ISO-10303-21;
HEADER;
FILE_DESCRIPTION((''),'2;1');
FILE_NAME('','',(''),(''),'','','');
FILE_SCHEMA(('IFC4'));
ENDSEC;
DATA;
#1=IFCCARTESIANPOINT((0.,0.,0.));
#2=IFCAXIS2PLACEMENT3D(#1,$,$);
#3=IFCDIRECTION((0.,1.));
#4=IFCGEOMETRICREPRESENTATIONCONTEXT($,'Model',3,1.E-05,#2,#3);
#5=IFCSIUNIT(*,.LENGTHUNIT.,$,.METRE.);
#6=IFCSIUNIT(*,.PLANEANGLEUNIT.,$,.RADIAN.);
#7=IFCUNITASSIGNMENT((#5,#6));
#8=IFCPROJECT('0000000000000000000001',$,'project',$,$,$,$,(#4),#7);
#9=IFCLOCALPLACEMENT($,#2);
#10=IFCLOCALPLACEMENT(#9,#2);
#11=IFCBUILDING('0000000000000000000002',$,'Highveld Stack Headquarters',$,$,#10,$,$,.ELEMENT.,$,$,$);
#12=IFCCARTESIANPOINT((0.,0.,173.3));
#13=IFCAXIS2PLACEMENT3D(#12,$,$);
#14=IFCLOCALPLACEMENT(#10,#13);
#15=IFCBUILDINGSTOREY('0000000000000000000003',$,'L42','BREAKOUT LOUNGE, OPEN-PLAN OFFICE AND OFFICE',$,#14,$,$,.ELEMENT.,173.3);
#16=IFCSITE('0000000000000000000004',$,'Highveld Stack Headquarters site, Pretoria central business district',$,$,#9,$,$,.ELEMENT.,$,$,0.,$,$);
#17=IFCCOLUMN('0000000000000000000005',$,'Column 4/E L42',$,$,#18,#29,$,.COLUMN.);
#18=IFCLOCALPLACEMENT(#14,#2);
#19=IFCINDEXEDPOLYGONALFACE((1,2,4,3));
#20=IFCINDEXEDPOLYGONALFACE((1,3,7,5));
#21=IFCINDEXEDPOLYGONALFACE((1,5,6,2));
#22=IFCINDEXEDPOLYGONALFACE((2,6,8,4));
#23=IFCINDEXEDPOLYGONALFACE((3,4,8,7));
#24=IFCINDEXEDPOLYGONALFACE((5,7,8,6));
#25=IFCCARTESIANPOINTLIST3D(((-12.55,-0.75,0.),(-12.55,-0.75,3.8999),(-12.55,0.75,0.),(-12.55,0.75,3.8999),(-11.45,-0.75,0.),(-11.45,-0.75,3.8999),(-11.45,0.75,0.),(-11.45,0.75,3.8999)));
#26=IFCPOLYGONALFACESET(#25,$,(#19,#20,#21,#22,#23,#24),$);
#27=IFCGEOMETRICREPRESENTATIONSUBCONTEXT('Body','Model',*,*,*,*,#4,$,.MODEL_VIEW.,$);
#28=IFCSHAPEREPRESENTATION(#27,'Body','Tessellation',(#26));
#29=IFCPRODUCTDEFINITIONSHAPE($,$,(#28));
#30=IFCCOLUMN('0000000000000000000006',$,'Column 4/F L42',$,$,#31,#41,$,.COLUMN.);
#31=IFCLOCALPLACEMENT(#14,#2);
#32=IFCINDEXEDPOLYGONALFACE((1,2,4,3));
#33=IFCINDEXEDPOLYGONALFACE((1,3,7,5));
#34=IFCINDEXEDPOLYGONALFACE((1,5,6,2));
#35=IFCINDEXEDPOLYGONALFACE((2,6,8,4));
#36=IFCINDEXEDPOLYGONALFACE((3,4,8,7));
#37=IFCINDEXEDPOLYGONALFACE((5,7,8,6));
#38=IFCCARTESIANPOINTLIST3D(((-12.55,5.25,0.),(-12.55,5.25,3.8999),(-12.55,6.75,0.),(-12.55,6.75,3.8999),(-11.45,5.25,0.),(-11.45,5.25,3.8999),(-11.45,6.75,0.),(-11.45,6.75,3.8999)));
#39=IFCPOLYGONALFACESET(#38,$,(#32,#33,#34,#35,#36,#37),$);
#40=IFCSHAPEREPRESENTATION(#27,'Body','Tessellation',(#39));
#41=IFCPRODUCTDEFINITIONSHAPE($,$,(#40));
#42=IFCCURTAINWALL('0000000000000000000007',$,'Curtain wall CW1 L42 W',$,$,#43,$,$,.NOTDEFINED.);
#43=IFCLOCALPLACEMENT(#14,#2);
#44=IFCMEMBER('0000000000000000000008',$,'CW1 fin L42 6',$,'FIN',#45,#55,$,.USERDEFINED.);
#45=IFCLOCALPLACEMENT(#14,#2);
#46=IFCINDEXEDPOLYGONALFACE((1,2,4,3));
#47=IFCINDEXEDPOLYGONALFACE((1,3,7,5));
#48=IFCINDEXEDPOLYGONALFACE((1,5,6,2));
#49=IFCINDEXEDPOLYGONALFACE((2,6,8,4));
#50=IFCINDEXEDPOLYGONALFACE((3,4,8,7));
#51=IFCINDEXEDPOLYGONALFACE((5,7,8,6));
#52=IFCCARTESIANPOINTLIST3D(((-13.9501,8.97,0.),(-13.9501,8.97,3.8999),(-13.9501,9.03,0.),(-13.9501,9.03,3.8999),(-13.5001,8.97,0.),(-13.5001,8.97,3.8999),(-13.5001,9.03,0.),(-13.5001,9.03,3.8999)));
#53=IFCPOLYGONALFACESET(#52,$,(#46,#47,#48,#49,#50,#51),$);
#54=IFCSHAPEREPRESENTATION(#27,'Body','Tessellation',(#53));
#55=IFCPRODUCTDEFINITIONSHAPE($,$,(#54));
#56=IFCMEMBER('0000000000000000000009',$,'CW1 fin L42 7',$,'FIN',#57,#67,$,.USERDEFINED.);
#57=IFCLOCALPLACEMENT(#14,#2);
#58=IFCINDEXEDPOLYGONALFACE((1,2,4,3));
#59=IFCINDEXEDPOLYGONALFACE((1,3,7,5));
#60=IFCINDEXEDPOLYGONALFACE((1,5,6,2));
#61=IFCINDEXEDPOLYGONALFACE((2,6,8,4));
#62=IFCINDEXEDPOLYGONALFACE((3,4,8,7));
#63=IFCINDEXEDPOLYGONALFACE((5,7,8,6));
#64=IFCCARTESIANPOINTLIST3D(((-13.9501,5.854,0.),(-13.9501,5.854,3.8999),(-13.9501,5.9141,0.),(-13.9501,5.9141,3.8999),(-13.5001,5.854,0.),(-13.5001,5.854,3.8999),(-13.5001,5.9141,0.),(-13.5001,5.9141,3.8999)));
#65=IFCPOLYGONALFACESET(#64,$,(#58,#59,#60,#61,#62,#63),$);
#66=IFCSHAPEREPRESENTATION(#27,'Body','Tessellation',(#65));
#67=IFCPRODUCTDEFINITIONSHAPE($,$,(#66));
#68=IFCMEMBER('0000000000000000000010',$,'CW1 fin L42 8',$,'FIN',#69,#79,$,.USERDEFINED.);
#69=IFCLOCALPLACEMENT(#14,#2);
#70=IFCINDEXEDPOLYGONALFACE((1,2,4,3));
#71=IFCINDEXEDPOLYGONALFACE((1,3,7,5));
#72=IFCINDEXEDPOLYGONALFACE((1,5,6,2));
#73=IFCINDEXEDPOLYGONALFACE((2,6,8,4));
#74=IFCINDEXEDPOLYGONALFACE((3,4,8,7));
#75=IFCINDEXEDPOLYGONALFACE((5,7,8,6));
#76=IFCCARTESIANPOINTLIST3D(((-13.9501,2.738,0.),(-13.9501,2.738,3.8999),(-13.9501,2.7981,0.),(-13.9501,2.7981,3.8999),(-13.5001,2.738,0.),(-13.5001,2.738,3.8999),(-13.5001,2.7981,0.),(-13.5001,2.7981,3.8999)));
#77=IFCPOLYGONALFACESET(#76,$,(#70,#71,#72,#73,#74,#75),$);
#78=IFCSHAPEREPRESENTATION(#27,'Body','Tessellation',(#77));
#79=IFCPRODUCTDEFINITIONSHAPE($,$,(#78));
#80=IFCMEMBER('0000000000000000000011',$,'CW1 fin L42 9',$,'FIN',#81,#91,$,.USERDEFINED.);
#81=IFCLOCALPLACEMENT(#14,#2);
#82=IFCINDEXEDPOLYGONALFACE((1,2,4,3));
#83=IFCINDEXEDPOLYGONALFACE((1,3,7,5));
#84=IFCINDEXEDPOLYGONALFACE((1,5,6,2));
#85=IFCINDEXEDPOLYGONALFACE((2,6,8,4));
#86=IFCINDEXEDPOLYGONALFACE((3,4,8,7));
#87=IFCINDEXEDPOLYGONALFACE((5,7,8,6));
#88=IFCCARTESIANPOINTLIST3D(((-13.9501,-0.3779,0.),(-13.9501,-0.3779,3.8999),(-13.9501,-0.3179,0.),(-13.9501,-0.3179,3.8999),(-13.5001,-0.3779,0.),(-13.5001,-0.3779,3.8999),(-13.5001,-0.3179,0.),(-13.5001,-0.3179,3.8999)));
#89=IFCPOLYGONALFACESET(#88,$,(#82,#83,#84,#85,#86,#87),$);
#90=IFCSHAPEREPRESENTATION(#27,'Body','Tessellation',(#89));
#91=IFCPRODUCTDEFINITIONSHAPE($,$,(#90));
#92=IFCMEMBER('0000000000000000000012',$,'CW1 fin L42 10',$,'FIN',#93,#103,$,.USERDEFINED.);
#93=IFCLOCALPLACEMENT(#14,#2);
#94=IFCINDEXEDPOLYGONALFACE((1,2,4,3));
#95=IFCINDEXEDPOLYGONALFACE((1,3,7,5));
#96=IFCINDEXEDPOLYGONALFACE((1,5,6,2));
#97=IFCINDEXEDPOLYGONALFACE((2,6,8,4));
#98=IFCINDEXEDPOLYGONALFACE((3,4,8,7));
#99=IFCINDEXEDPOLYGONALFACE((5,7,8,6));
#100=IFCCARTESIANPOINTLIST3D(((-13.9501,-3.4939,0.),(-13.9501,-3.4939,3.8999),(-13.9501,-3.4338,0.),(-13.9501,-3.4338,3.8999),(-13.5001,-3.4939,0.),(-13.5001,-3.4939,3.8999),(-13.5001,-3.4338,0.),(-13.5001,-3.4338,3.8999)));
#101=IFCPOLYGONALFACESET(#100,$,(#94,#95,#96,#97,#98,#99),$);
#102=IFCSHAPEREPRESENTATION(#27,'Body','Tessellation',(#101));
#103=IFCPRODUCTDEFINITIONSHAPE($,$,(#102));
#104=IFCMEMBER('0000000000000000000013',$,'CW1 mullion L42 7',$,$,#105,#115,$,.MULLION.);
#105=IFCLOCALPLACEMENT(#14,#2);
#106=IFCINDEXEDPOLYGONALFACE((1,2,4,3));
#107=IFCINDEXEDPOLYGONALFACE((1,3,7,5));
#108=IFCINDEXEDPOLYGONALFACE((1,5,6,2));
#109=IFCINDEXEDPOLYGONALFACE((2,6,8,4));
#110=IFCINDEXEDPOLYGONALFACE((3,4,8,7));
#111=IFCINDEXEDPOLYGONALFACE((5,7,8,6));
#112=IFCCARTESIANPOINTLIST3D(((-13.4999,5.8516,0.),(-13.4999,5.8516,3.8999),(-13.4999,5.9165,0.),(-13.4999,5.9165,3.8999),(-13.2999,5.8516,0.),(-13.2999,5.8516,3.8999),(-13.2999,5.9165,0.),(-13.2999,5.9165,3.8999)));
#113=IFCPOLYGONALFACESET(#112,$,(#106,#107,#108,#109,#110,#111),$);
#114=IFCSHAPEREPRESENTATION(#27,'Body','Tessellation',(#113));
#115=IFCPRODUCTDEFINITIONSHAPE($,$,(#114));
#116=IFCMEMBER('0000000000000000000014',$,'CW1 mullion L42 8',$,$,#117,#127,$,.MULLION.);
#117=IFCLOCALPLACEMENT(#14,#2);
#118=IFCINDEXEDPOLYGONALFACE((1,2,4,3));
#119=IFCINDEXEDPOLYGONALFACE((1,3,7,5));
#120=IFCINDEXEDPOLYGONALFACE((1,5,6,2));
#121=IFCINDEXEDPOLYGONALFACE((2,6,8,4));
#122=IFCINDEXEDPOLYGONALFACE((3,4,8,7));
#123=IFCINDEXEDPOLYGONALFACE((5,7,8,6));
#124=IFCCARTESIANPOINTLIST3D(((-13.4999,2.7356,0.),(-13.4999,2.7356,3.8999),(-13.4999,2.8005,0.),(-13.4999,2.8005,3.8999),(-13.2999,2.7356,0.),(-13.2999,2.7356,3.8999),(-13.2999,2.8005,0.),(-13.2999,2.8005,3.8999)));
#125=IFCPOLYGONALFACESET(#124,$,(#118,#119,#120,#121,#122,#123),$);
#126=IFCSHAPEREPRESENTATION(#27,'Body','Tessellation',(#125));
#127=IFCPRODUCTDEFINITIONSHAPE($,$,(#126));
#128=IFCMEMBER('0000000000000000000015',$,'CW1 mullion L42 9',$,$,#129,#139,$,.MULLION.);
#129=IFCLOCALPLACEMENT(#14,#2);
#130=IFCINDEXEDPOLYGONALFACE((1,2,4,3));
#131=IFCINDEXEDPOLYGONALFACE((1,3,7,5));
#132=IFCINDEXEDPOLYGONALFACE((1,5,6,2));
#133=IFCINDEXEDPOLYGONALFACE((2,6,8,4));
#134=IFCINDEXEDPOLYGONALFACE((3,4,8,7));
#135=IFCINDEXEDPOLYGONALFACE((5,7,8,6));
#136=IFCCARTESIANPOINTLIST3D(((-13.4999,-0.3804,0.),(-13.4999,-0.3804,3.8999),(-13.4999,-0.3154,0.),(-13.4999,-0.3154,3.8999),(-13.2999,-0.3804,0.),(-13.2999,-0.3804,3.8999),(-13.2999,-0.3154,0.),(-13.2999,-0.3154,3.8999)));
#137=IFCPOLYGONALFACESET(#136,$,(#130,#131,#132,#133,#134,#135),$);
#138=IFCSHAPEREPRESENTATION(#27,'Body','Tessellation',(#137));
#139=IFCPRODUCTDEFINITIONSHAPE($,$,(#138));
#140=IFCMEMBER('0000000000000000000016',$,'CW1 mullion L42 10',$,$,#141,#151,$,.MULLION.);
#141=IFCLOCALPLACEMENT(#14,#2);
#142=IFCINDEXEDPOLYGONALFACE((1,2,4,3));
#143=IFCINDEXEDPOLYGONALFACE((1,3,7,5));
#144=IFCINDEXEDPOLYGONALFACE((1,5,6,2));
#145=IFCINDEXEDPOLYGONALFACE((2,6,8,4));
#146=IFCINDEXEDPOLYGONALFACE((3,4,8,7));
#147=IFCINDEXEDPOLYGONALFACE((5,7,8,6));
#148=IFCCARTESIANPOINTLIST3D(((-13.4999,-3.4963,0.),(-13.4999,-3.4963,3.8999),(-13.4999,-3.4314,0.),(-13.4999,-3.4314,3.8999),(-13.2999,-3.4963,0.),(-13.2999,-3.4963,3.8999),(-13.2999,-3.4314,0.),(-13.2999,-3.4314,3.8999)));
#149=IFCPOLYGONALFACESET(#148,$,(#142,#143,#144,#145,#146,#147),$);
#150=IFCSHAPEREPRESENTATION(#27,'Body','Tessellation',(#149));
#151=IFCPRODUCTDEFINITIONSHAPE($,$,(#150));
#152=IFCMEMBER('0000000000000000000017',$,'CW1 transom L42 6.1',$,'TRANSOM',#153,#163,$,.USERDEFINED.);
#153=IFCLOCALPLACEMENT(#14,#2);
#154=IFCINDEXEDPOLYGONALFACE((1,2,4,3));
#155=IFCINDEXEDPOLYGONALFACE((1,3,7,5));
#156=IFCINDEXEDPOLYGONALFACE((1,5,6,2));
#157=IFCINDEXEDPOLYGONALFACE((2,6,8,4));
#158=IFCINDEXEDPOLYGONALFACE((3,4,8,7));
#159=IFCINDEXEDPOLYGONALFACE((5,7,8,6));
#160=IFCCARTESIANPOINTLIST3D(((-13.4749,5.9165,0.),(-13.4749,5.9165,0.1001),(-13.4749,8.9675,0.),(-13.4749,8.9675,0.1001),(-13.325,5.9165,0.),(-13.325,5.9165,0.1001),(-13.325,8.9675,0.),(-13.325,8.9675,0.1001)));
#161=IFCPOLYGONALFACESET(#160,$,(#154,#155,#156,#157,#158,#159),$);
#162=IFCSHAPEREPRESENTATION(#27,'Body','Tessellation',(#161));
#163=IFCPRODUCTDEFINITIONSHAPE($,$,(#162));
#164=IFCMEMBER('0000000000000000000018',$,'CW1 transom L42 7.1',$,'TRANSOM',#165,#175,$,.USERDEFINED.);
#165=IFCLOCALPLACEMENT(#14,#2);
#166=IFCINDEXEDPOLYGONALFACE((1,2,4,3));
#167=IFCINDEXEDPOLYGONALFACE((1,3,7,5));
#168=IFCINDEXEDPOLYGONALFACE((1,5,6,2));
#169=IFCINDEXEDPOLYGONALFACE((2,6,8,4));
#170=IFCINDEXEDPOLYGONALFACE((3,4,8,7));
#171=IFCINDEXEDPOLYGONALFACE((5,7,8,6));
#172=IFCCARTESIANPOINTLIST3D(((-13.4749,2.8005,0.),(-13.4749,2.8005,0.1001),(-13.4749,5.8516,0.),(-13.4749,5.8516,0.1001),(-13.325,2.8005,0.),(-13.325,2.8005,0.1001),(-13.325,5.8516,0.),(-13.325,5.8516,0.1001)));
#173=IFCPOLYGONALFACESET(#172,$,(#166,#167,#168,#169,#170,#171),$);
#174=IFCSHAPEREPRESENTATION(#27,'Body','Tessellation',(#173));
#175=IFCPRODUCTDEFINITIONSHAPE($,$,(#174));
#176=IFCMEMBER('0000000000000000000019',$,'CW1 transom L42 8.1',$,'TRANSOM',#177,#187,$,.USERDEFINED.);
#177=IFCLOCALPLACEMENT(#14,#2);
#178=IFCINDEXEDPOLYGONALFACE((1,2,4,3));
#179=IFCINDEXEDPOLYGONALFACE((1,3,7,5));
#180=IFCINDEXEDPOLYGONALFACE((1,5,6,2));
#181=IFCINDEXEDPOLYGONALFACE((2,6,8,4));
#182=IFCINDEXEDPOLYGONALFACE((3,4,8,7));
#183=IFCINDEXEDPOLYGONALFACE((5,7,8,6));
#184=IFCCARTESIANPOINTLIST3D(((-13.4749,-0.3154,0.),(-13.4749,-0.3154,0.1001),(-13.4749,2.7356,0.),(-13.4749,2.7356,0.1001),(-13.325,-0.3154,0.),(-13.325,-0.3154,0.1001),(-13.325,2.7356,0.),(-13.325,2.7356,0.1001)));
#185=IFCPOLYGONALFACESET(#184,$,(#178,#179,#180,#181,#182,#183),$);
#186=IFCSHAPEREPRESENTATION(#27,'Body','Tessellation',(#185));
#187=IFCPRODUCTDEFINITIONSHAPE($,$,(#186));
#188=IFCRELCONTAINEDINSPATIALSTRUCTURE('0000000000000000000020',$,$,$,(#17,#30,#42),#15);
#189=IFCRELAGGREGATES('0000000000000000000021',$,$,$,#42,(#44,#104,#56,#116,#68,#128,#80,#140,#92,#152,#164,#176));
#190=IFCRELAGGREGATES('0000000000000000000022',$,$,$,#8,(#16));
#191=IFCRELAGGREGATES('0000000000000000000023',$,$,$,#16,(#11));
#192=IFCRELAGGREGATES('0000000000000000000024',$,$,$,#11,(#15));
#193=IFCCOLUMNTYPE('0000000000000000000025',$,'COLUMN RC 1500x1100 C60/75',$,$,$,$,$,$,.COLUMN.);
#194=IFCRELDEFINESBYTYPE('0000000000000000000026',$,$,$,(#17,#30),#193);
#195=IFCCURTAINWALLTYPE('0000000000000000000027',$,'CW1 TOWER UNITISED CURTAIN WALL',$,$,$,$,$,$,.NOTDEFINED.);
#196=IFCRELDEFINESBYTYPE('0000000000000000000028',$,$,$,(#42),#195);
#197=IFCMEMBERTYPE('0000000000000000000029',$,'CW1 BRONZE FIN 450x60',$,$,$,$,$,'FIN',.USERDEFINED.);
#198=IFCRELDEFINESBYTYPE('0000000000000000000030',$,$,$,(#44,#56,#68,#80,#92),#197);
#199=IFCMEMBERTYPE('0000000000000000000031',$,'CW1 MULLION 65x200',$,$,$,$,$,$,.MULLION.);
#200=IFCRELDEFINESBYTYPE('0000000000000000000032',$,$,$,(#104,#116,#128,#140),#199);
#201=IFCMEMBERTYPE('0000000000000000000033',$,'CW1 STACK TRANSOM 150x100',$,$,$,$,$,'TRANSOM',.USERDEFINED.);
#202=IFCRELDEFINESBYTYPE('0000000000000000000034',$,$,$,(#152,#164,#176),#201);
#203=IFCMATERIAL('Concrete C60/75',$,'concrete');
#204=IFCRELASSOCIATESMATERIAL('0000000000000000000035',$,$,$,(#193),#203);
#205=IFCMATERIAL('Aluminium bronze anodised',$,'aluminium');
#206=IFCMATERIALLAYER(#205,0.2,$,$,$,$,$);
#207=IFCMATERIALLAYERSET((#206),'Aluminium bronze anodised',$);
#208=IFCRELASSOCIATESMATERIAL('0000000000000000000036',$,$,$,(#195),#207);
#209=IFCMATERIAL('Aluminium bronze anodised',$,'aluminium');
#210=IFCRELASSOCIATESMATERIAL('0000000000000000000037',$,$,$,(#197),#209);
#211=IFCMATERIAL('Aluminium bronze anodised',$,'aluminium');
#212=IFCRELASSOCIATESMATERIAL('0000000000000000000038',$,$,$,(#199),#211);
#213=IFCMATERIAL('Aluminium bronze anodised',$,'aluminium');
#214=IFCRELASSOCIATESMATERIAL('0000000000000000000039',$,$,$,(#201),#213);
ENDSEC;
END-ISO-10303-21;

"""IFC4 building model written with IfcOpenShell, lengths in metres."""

from ifc_helpers import new_model, si_unit, direction, frame, origin, origin_2d, place, context, subcontext, project, spatial, rectangle, extrude, material, layer, layer_set, material_profile, profile_set, type_object, element, aggregate, save


model = new_model("IFC4")

# Units and contexts
model_context = context("Model", 3, precision=1e-05, world=origin(), true_north=direction((0.0, 1.0)))
body_context = subcontext(model_context, "Body", "Model", "MODEL_VIEW")
ifc_project = project(units=[si_unit("LENGTHUNIT", "METRE"), si_unit("PLANEANGLEUNIT", "RADIAN")], contexts=[model_context])

# Site, building, storey
site_placement = place(None, origin())
site = spatial("IfcSite", under=ifc_project, at=site_placement, Name="Highveld Stack Headquarters site, Pretoria central business district", CompositionType="ELEMENT", RefElevation=0.0)
building_placement = place(site_placement, origin())
building = spatial("IfcBuilding", under=site, at=building_placement, Name="Highveld Stack Headquarters", CompositionType="ELEMENT")
storey_placement = place(building_placement, frame((0.0, 0.0, 173.3)))
storey = spatial("IfcBuildingStorey", under=building, at=storey_placement, Name="L42", Description="BREAKOUT LOUNGE, OPEN-PLAN OFFICE AND OFFICE", CompositionType="ELEMENT", Elevation=173.3)

# Columns
ifc_material_1 = material(Name="Concrete C60/75", Category="concrete")
ifc_material_profile_1 = material_profile(ifc_material_1, rectangle(XDim=1.5, YDim=1.1001, at=origin_2d()), Name="RC 1500x1100")
ifc_profile_set_1 = profile_set([ifc_material_profile_1], Name="Concrete C60/75")
column_type = type_object("IfcColumnType", Name="COLUMN RC 1500x1100 C60/75", PredefinedType="COLUMN", material=ifc_profile_set_1)
for number, where, z_axis, x_axis, name in (
    (1, (-12.0, 0.0, 0.0), (0.0, 0.0, 1.0), (0.0, 1.0, 0.0), "Column 4/E L42"),
    (2, (-12.0, 6.0, 0.0), (0.0, 0.0, 1.0), (0.0, 1.0, 0.0), "Column 4/F L42"),
):
    element("IfcColumn", number, at=place(storey_placement, frame(where, z_axis=z_axis, x_axis=x_axis)), inside=storey, type_object=column_type, Name=name, PredefinedType="COLUMN", context=body_context, shape_type="SweptSolid", body=[
        extrude(rectangle(XDim=1.5, YDim=1.1001, at=origin_2d()), origin(), (0.0, 0.0, 1.0), 3.8999),
    ])

# Curtain wall, members
ifc_material_2 = material(Name="Aluminium bronze anodised", Category="aluminium")
ifc_layer_1 = layer(ifc_material_2, 0.2)
ifc_layer_set_1 = layer_set([ifc_layer_1], Name="Aluminium bronze anodised")
curtain_wall_type = type_object("IfcCurtainWallType", Name="CW1 TOWER UNITISED CURTAIN WALL", PredefinedType="NOTDEFINED", material=ifc_layer_set_1)
curtain_wall_placement = place(storey_placement, origin())
curtain_wall = element("IfcCurtainWall", 3, at=curtain_wall_placement, inside=storey, type_object=curtain_wall_type, Name="Curtain wall CW1 L42 W", PredefinedType="NOTDEFINED")
ifc_material_3 = material(Name="Aluminium bronze anodised", Category="aluminium")
ifc_material_profile_2 = material_profile(ifc_material_3, rectangle(XDim=0.45, YDim=0.0601, at=origin_2d()), Name="FIN 450x60")
ifc_profile_set_2 = profile_set([ifc_material_profile_2], Name="Aluminium bronze anodised")
member_type_1 = type_object("IfcMemberType", Name="CW1 BRONZE FIN 450x60", ElementType="FIN", PredefinedType="USERDEFINED", material=ifc_profile_set_2)
member_1_placement = place(storey_placement, frame((-13.7251, 9.0, 0.0), z_axis=(0.0, 0.0, 1.0), x_axis=(1.0, 0.0, 0.0)))
member_1 = element("IfcMember", 4, at=member_1_placement, type_object=member_type_1, Name="CW1 fin L42 6", ObjectType="FIN", PredefinedType="USERDEFINED", context=body_context, shape_type="SweptSolid", body=[
    extrude(rectangle(XDim=0.45, YDim=0.0601, at=origin_2d()), origin(), (0.0, 0.0, 1.0), 3.8999),
])
member_2_placement = place(storey_placement, frame((-13.7251, 5.884, 0.0), z_axis=(0.0, 0.0, 1.0), x_axis=(1.0, 0.0, 0.0)))
member_2 = element("IfcMember", 5, at=member_2_placement, type_object=member_type_1, Name="CW1 fin L42 7", ObjectType="FIN", PredefinedType="USERDEFINED", context=body_context, shape_type="SweptSolid", body=[
    extrude(rectangle(XDim=0.45, YDim=0.0601, at=origin_2d()), origin(), (0.0, 0.0, 1.0), 3.8999),
])
member_3_placement = place(storey_placement, frame((-13.7251, 2.7681, 0.0), z_axis=(0.0, 0.0, 1.0), x_axis=(1.0, 0.0, 0.0)))
member_3 = element("IfcMember", 6, at=member_3_placement, type_object=member_type_1, Name="CW1 fin L42 8", ObjectType="FIN", PredefinedType="USERDEFINED", context=body_context, shape_type="SweptSolid", body=[
    extrude(rectangle(XDim=0.45, YDim=0.0601, at=origin_2d()), origin(), (0.0, 0.0, 1.0), 3.8999),
])
member_4_placement = place(storey_placement, frame((-13.7251, -0.3479, 0.0), z_axis=(0.0, 0.0, 1.0), x_axis=(1.0, 0.0, 0.0)))
member_4 = element("IfcMember", 7, at=member_4_placement, type_object=member_type_1, Name="CW1 fin L42 9", ObjectType="FIN", PredefinedType="USERDEFINED", context=body_context, shape_type="SweptSolid", body=[
    extrude(rectangle(XDim=0.45, YDim=0.0601, at=origin_2d()), origin(), (0.0, 0.0, 1.0), 3.8999),
])
member_5_placement = place(storey_placement, frame((-13.7251, -3.4639, 0.0), z_axis=(0.0, 0.0, 1.0), x_axis=(1.0, 0.0, 0.0)))
member_5 = element("IfcMember", 8, at=member_5_placement, type_object=member_type_1, Name="CW1 fin L42 10", ObjectType="FIN", PredefinedType="USERDEFINED", context=body_context, shape_type="SweptSolid", body=[
    extrude(rectangle(XDim=0.45, YDim=0.0601, at=origin_2d()), origin(), (0.0, 0.0, 1.0), 3.8999),
])
ifc_material_4 = material(Name="Aluminium bronze anodised", Category="aluminium")
ifc_material_profile_3 = material_profile(ifc_material_4, rectangle(XDim=0.2, YDim=0.0649, at=origin_2d()), Name="CW1 MULLION 65x200")
ifc_profile_set_3 = profile_set([ifc_material_profile_3], Name="Aluminium bronze anodised")
member_type_2 = type_object("IfcMemberType", Name="CW1 MULLION 65x200", PredefinedType="MULLION", material=ifc_profile_set_3)
member_6_placement = place(storey_placement, frame((-13.3999, 5.884, 0.0), z_axis=(0.0, 0.0, 1.0), x_axis=(1.0, 0.0, 0.0)))
member_6 = element("IfcMember", 9, at=member_6_placement, type_object=member_type_2, Name="CW1 mullion L42 7", PredefinedType="MULLION", context=body_context, shape_type="SweptSolid", body=[
    extrude(rectangle(XDim=0.2, YDim=0.0649, at=origin_2d()), origin(), (0.0, 0.0, 1.0), 3.8999),
])
member_7_placement = place(storey_placement, frame((-13.3999, 2.7681, 0.0), z_axis=(0.0, 0.0, 1.0), x_axis=(1.0, 0.0, 0.0)))
member_7 = element("IfcMember", 10, at=member_7_placement, type_object=member_type_2, Name="CW1 mullion L42 8", PredefinedType="MULLION", context=body_context, shape_type="SweptSolid", body=[
    extrude(rectangle(XDim=0.2, YDim=0.0649, at=origin_2d()), origin(), (0.0, 0.0, 1.0), 3.8999),
])
member_8_placement = place(storey_placement, frame((-13.3999, -0.3479, 0.0), z_axis=(0.0, 0.0, 1.0), x_axis=(1.0, 0.0, 0.0)))
member_8 = element("IfcMember", 11, at=member_8_placement, type_object=member_type_2, Name="CW1 mullion L42 9", PredefinedType="MULLION", context=body_context, shape_type="SweptSolid", body=[
    extrude(rectangle(XDim=0.2, YDim=0.0649, at=origin_2d()), origin(), (0.0, 0.0, 1.0), 3.8999),
])
member_9_placement = place(storey_placement, frame((-13.3999, -3.4639, 0.0), z_axis=(0.0, 0.0, 1.0), x_axis=(1.0, 0.0, 0.0)))
member_9 = element("IfcMember", 12, at=member_9_placement, type_object=member_type_2, Name="CW1 mullion L42 10", PredefinedType="MULLION", context=body_context, shape_type="SweptSolid", body=[
    extrude(rectangle(XDim=0.2, YDim=0.0649, at=origin_2d()), origin(), (0.0, 0.0, 1.0), 3.8999),
])
ifc_material_5 = material(Name="Aluminium bronze anodised", Category="aluminium")
ifc_material_profile_4 = material_profile(ifc_material_5, rectangle(XDim=0.1499, YDim=0.1001, at=origin_2d()), Name="CW1 TRANSOM 150x100")
ifc_profile_set_4 = profile_set([ifc_material_profile_4], Name="Aluminium bronze anodised")
member_type_3 = type_object("IfcMemberType", Name="CW1 STACK TRANSOM 150x100", ElementType="TRANSOM", PredefinedType="USERDEFINED", material=ifc_profile_set_4)
member_10_placement = place(storey_placement, frame((-13.3999, 8.9675, 0.05), z_axis=(0.0, -1.0, 0.0), x_axis=(1.0, 0.0, 0.0)))
member_10 = element("IfcMember", 13, at=member_10_placement, type_object=member_type_3, Name="CW1 transom L42 6.1", ObjectType="TRANSOM", PredefinedType="USERDEFINED", context=body_context, shape_type="SweptSolid", body=[
    extrude(rectangle(XDim=0.1499, YDim=0.1001, at=origin_2d()), origin(), (0.0, 0.0, 1.0), 3.051),
])
member_11_placement = place(storey_placement, frame((-13.3999, 5.8516, 0.05), z_axis=(0.0, -1.0, 0.0), x_axis=(1.0, 0.0, 0.0)))
member_11 = element("IfcMember", 14, at=member_11_placement, type_object=member_type_3, Name="CW1 transom L42 7.1", ObjectType="TRANSOM", PredefinedType="USERDEFINED", context=body_context, shape_type="SweptSolid", body=[
    extrude(rectangle(XDim=0.1499, YDim=0.1001, at=origin_2d()), origin(), (0.0, 0.0, 1.0), 3.051),
])
member_12_placement = place(storey_placement, frame((-13.3999, 2.7356, 0.05), z_axis=(0.0, -1.0, 0.0), x_axis=(1.0, 0.0, 0.0)))
member_12 = element("IfcMember", 15, at=member_12_placement, type_object=member_type_3, Name="CW1 transom L42 8.1", ObjectType="TRANSOM", PredefinedType="USERDEFINED", context=body_context, shape_type="SweptSolid", body=[
    extrude(rectangle(XDim=0.1499, YDim=0.1001, at=origin_2d()), origin(), (0.0, 0.0, 1.0), 3.051),
])
aggregate(curtain_wall, [member_1, member_6, member_2, member_7, member_3, member_8, member_4, member_9, member_5, member_10, member_11, member_12])

save(model, "model.ifc")
